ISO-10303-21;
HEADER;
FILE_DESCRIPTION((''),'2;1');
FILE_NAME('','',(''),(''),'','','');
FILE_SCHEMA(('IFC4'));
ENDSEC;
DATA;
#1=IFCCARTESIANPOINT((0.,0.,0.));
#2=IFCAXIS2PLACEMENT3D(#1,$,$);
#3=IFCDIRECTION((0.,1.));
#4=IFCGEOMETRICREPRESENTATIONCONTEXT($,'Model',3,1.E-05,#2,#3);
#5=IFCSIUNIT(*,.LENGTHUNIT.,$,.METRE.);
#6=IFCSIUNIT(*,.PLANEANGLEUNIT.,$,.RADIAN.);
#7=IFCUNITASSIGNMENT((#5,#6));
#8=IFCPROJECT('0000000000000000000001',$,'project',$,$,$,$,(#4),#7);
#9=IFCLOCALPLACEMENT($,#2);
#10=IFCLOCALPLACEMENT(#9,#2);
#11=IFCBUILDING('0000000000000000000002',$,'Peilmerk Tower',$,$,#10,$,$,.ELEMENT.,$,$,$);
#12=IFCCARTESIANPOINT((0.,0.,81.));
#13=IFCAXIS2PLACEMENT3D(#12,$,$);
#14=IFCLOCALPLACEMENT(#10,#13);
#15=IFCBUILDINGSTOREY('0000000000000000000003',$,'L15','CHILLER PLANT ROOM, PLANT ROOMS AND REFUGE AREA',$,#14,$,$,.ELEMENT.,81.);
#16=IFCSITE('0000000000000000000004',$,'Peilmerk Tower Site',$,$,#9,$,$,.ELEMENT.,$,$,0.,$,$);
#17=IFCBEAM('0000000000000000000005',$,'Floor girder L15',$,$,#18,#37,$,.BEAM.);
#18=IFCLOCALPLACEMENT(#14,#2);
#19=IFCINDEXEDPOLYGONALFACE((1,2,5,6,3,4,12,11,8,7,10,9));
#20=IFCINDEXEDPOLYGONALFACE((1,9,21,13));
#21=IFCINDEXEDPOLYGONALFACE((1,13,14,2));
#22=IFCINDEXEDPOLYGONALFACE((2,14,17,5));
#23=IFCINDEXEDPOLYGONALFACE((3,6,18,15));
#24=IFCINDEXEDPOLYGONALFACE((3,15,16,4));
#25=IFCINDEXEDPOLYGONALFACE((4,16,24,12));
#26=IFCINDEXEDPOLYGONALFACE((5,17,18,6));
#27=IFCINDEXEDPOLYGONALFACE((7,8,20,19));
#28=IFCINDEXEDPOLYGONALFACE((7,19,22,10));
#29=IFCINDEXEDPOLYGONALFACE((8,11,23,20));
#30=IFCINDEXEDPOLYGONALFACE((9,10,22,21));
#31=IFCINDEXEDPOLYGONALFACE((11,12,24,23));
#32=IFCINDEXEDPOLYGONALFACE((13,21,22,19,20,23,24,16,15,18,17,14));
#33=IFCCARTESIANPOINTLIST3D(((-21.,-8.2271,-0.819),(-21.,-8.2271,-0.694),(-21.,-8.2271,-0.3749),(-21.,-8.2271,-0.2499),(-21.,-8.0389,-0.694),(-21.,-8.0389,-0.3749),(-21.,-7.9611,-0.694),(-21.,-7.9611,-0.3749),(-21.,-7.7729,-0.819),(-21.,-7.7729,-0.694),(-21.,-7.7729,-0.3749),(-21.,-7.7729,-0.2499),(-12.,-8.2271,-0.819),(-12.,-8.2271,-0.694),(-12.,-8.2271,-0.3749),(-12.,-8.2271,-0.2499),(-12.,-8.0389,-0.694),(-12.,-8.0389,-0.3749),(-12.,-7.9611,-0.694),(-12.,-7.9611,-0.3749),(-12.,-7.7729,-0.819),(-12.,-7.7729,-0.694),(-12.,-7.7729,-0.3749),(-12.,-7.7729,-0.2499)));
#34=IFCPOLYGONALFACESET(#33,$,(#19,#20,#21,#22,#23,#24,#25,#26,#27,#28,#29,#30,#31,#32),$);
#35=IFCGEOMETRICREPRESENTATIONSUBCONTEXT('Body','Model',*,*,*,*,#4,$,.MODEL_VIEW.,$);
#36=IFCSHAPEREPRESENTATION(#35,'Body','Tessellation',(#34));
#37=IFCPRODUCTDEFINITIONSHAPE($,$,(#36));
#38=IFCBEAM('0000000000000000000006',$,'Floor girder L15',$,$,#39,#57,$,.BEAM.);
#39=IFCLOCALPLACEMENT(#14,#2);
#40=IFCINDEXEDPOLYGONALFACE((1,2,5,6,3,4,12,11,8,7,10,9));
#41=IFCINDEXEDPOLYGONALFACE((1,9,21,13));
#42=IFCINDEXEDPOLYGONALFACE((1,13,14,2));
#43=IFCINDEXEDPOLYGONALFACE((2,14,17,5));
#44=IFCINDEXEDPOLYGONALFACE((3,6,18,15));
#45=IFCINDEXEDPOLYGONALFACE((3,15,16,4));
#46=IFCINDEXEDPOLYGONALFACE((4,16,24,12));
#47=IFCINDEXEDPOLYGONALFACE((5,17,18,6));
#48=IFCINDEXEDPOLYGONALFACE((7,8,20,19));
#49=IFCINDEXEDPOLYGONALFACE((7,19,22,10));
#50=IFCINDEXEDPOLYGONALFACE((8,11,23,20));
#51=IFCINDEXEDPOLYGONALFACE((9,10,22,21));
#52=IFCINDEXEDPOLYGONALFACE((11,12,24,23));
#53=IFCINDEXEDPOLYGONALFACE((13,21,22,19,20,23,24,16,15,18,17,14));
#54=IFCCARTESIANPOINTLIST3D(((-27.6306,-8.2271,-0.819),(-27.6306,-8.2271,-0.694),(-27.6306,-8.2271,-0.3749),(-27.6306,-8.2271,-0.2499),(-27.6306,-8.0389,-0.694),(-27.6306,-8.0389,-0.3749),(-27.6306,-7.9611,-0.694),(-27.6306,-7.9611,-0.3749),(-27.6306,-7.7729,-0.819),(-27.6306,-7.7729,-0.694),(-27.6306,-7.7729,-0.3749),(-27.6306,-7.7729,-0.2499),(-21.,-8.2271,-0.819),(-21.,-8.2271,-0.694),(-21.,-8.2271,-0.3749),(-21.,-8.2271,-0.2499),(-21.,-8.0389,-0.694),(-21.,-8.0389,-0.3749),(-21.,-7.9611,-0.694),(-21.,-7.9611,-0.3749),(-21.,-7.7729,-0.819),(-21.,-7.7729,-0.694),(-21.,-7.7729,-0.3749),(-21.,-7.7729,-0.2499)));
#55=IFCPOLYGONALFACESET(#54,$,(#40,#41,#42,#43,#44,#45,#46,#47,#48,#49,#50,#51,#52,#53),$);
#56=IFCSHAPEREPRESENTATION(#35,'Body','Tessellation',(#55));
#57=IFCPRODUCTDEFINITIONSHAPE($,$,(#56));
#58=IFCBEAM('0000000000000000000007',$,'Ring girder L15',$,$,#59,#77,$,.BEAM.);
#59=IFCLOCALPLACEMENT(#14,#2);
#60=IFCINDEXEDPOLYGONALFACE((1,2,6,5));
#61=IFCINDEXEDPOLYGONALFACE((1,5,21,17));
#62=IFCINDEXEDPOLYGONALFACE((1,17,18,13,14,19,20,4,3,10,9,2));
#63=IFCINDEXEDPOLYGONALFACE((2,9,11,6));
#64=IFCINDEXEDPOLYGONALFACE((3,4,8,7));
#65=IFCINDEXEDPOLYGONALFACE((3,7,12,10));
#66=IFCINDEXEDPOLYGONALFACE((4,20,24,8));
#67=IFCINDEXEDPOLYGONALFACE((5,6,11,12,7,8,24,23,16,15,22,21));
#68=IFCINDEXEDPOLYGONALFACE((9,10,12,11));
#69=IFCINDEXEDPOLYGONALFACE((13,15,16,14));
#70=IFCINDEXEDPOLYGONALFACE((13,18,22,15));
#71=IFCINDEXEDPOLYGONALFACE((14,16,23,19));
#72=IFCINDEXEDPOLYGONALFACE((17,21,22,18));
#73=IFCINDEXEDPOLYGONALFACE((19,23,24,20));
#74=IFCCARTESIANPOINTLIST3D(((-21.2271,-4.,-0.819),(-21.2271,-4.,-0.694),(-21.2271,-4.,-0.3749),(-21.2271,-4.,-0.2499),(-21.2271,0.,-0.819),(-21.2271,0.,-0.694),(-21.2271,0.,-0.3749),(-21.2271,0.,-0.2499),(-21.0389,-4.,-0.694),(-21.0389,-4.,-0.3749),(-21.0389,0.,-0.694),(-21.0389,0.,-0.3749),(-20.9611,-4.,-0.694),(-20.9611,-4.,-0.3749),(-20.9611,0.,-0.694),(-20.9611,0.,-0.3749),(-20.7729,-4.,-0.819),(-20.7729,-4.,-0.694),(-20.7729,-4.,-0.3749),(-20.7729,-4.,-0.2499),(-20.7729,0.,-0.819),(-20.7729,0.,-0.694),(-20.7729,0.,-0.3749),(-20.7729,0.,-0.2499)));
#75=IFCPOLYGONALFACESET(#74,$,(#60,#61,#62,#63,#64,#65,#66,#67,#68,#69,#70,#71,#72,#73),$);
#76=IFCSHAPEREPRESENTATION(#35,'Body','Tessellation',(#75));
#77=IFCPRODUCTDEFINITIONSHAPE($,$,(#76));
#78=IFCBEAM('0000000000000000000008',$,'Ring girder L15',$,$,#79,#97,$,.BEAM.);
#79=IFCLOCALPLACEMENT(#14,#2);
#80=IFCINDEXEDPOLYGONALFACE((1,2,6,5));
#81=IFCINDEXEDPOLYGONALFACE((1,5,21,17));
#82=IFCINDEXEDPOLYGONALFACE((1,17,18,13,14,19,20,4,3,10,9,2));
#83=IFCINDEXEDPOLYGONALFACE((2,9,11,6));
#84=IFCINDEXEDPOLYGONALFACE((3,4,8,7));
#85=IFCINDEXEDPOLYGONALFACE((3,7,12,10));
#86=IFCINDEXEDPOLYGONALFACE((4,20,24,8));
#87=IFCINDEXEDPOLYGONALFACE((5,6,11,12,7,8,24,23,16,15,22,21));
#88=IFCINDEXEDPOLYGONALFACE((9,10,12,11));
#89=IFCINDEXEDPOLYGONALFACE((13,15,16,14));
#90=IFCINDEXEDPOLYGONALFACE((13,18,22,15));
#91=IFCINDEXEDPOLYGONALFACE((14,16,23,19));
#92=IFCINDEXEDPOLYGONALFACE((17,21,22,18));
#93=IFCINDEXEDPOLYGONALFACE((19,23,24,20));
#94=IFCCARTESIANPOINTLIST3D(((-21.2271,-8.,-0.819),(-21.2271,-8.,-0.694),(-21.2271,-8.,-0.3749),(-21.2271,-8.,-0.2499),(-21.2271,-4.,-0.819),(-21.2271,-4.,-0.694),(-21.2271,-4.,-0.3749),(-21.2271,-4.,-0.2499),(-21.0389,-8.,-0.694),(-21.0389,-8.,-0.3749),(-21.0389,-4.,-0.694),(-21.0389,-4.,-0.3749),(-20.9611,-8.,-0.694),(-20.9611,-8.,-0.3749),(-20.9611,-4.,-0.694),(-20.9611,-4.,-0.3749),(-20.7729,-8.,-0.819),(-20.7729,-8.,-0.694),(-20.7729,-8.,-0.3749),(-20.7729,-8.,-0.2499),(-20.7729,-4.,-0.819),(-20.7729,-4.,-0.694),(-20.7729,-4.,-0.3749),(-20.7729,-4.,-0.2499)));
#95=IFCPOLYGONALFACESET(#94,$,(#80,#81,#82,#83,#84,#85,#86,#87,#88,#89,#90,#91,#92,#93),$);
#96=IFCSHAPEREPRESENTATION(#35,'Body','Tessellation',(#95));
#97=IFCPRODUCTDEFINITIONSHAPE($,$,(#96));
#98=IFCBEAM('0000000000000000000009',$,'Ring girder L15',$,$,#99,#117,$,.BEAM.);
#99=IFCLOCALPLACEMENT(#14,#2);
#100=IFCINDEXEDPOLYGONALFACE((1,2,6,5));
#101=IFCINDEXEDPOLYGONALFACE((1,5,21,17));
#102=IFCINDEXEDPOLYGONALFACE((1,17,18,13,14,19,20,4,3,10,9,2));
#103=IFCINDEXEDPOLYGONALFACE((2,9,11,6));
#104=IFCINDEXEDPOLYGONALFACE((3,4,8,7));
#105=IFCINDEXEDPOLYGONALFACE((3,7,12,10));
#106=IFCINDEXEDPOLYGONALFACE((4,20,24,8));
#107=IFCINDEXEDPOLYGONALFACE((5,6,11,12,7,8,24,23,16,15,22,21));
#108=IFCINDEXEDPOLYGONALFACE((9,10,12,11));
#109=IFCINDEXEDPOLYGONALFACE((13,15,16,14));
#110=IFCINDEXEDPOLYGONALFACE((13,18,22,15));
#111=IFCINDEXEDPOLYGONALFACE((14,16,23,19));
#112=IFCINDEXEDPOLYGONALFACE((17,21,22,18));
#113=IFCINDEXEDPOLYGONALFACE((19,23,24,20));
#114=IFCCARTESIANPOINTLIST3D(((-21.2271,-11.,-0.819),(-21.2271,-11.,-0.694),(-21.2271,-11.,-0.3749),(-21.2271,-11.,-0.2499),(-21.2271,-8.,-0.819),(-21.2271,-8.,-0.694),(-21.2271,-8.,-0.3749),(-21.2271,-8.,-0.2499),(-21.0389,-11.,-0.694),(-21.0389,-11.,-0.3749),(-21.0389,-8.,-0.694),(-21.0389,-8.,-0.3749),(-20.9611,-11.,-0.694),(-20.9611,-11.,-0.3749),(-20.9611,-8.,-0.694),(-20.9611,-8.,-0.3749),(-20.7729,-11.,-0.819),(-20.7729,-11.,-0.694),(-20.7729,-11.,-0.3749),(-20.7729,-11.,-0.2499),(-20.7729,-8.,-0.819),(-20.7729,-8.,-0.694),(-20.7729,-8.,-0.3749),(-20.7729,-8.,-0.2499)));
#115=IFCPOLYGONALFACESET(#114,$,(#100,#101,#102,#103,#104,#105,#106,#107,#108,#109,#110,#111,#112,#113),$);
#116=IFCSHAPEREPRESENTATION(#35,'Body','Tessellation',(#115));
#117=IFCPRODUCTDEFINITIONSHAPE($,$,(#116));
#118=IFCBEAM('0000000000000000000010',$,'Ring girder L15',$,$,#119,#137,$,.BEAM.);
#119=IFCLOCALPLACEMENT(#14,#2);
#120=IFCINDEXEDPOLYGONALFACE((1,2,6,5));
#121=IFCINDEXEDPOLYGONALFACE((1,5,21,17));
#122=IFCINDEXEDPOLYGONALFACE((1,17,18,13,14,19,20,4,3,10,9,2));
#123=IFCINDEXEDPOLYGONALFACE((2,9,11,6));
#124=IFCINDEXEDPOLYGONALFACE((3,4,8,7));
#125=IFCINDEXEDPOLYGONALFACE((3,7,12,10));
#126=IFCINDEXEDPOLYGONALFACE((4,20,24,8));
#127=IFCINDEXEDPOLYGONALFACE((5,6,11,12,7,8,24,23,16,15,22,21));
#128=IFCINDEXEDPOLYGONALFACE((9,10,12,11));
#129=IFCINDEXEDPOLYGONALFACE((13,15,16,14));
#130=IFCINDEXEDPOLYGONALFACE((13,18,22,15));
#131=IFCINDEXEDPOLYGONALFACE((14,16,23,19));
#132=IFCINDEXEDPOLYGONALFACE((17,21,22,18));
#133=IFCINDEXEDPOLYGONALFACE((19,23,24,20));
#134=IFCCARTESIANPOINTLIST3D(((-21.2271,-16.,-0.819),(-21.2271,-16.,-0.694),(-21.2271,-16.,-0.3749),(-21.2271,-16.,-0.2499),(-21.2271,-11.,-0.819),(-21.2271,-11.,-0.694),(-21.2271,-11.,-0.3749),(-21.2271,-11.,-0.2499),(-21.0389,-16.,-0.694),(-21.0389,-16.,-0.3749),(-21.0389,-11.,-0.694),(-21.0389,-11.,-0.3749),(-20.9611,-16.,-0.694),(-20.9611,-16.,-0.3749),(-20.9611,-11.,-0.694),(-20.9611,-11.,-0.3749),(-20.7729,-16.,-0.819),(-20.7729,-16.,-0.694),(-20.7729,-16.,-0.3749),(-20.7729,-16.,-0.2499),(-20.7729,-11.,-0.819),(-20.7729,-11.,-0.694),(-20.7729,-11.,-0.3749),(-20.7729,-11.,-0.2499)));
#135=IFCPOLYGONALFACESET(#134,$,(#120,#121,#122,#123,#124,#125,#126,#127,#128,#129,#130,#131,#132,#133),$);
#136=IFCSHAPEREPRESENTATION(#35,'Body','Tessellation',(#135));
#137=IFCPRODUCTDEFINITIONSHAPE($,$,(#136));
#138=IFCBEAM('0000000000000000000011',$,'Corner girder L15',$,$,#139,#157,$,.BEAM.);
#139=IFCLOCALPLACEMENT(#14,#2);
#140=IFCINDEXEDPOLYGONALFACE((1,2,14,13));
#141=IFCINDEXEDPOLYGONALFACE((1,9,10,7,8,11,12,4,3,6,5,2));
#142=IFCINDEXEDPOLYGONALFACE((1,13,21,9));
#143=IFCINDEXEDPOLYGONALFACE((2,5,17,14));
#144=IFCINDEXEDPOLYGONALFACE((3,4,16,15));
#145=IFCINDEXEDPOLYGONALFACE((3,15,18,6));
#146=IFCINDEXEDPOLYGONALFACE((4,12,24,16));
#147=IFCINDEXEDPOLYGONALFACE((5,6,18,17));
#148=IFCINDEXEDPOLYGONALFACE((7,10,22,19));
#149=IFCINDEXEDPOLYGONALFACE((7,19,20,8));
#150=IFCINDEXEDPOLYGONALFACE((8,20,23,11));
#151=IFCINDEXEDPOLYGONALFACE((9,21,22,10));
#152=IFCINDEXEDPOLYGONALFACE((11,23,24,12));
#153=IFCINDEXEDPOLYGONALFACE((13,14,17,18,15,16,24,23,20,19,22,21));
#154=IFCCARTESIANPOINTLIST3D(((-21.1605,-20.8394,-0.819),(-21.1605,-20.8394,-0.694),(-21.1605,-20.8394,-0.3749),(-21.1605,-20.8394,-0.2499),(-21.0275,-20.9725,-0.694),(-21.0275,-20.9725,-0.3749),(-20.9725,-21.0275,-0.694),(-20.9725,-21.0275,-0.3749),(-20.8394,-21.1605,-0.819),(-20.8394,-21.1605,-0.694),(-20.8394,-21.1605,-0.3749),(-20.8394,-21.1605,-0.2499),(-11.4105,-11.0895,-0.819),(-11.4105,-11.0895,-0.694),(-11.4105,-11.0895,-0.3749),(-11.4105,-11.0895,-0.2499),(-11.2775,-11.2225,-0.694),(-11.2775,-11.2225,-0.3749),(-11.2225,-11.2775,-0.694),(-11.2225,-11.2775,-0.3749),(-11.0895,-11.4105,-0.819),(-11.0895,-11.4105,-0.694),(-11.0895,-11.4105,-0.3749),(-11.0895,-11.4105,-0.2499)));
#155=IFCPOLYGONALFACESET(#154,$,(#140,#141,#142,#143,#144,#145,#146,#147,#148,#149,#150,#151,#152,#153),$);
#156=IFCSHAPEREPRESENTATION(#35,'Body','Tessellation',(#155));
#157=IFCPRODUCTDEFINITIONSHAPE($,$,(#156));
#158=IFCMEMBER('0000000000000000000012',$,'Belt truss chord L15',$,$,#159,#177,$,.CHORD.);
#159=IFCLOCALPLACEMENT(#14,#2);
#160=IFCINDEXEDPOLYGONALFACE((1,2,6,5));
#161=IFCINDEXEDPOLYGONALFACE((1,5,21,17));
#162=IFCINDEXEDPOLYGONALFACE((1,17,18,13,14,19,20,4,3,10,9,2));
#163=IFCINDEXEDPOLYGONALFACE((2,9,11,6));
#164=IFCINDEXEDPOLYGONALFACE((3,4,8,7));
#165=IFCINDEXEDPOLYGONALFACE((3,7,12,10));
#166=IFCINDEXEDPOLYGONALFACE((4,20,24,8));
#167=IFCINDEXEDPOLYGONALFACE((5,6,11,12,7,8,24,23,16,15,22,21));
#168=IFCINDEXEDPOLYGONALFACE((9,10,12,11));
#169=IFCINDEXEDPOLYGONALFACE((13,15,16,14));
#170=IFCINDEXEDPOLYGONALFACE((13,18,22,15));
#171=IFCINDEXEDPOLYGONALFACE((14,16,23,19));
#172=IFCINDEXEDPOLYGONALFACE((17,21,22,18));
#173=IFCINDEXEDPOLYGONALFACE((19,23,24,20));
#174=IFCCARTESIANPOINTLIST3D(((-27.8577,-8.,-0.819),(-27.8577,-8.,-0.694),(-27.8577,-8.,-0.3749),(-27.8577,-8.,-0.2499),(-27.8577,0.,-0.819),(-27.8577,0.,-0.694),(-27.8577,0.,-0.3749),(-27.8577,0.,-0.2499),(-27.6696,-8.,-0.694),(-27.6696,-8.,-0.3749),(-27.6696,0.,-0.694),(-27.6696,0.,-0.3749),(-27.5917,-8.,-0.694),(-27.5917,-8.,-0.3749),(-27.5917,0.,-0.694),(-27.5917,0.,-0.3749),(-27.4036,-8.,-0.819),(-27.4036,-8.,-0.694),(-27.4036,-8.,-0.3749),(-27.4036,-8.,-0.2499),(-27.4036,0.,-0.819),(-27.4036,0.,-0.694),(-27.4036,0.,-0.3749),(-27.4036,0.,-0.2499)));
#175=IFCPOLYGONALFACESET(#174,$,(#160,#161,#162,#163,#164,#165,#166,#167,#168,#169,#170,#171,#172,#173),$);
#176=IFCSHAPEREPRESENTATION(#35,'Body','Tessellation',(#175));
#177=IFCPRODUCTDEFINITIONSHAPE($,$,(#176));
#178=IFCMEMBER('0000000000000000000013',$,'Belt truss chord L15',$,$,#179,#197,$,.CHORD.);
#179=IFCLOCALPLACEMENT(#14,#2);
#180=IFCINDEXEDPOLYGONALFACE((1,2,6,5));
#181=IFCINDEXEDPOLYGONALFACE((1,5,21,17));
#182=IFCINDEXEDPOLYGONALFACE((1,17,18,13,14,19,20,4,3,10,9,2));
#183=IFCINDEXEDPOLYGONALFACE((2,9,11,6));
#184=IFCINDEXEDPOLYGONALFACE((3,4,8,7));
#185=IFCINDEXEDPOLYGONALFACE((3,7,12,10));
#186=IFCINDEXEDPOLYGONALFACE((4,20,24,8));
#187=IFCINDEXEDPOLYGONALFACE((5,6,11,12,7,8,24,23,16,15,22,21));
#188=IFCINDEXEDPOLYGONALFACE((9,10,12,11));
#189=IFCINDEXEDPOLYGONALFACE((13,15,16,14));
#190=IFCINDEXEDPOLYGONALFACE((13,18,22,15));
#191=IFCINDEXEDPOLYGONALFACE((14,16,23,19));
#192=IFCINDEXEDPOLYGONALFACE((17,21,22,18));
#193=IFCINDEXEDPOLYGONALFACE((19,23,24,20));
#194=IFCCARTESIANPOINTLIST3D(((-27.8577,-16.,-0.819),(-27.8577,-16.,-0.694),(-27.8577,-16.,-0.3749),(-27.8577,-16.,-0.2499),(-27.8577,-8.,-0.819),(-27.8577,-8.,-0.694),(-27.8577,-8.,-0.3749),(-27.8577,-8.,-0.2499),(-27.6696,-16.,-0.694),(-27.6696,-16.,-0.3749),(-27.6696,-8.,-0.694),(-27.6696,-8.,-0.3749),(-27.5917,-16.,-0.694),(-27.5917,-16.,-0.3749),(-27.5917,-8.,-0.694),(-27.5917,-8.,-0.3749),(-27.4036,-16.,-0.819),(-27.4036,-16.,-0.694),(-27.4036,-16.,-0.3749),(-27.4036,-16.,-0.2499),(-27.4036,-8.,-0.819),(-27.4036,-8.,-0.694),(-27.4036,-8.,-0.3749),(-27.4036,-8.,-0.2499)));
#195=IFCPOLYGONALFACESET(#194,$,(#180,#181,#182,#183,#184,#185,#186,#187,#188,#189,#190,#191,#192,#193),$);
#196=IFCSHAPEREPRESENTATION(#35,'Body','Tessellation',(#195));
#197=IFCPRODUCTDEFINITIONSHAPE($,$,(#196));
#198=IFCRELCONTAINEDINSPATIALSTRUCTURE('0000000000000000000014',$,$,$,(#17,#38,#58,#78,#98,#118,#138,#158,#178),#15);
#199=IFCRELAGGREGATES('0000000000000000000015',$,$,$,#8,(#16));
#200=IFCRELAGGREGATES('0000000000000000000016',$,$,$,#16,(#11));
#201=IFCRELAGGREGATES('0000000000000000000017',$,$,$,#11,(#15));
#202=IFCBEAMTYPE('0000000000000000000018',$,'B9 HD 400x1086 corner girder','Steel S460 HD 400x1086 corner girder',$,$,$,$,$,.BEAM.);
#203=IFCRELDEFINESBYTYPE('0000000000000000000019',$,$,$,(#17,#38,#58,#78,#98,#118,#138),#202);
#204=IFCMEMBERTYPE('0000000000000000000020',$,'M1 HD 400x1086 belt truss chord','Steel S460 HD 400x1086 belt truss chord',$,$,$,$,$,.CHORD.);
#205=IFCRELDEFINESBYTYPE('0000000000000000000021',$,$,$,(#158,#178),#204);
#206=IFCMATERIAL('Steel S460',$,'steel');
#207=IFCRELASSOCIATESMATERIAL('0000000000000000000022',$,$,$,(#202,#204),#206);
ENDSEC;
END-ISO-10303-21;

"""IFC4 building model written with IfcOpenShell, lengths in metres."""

from ifc_helpers import new_model, si_unit, direction, frame, origin, origin_2d, place, context, subcontext, project, spatial, i_section, extrude, material, material_profile, profile_set, type_object, element, save


model = new_model("IFC4")

# Units and contexts
model_context = context("Model", 3, precision=1e-05, world=origin(), true_north=direction((0.0, 1.0)))
body_context = subcontext(model_context, "Body", "Model", "MODEL_VIEW")
ifc_project = project(units=[si_unit("LENGTHUNIT", "METRE"), si_unit("PLANEANGLEUNIT", "RADIAN")], contexts=[model_context])

# Site, building, storey
site_placement = place(None, origin())
site = spatial("IfcSite", under=ifc_project, at=site_placement, Name="Peilmerk Tower Site", CompositionType="ELEMENT", RefElevation=0.0)
building_placement = place(site_placement, origin())
building = spatial("IfcBuilding", under=site, at=building_placement, Name="Peilmerk Tower", CompositionType="ELEMENT")
storey_placement = place(building_placement, frame((0.0, 0.0, 81.0)))
storey = spatial("IfcBuildingStorey", under=building, at=storey_placement, Name="L15", Description="CHILLER PLANT ROOM, PLANT ROOMS AND REFUGE AREA", CompositionType="ELEMENT", Elevation=81.0)

# Shared definitions
ifc_material_1 = material(Name="Steel S460", Category="steel")

# Beams
ifc_material_profile_1 = material_profile(ifc_material_1, i_section(OverallWidth=0.4541, OverallDepth=0.5691, WebThickness=0.0779, FlangeThickness=0.125, at=origin_2d()), Name="HD 400x1086")
ifc_profile_set_1 = profile_set([ifc_material_profile_1], Name="Steel S460")
beam_type_1 = type_object("IfcBeamType", Name="B9 HD 400x1086 corner girder", Description="Steel S460 HD 400x1086 corner girder", PredefinedType="BEAM", material=ifc_profile_set_1)
beam_1_placement = place(storey_placement, frame((-12.0, -8.0, -0.5344), z_axis=(-1.0, 0.0, 0.0), x_axis=(0.0, -1.0, 0.0)))
element("IfcBeam", 1, at=beam_1_placement, inside=storey, type_object=beam_type_1, Name="Floor girder L15", PredefinedType="BEAM", context=body_context, shape_type="SweptSolid", body=[
    extrude(i_section(OverallWidth=0.4541, OverallDepth=0.5691, WebThickness=0.0779, FlangeThickness=0.125, at=origin_2d()), origin(), (0.0, 0.0, 1.0), 9.0),
])
beam_2_placement = place(storey_placement, frame((-21.0, -8.0, -0.5344), z_axis=(-1.0, 0.0, 0.0), x_axis=(0.0, -1.0, 0.0)))
element("IfcBeam", 2, at=beam_2_placement, inside=storey, type_object=beam_type_1, Name="Floor girder L15", PredefinedType="BEAM", context=body_context, shape_type="SweptSolid", body=[
    extrude(i_section(OverallWidth=0.4541, OverallDepth=0.5691, WebThickness=0.0779, FlangeThickness=0.125, at=origin_2d()), origin(), (0.0, 0.0, 1.0), 6.6306),
])
for number, where, z_axis, x_axis, name in (
    (3, (-21.0, 0.0, -0.5344), (0.0, -1.0, 0.0), (1.0, 0.0, 0.0), "Ring girder L15"),
    (4, (-21.0, -4.0, -0.5344), (0.0, -1.0, 0.0), (1.0, 0.0, 0.0), "Ring girder L15"),
):
    element("IfcBeam", number, at=place(storey_placement, frame(where, z_axis=z_axis, x_axis=x_axis)), inside=storey, type_object=beam_type_1, Name=name, PredefinedType="BEAM", context=body_context, shape_type="SweptSolid", body=[
        extrude(i_section(OverallWidth=0.4541, OverallDepth=0.5691, WebThickness=0.0779, FlangeThickness=0.125, at=origin_2d()), origin(), (0.0, 0.0, 1.0), 4.0),
    ])
beam_3_placement = place(storey_placement, frame((-21.0, -8.0, -0.5344), z_axis=(0.0, -1.0, 0.0), x_axis=(1.0, 0.0, 0.0)))
element("IfcBeam", 5, at=beam_3_placement, inside=storey, type_object=beam_type_1, Name="Ring girder L15", PredefinedType="BEAM", context=body_context, shape_type="SweptSolid", body=[
    extrude(i_section(OverallWidth=0.4541, OverallDepth=0.5691, WebThickness=0.0779, FlangeThickness=0.125, at=origin_2d()), origin(), (0.0, 0.0, 1.0), 3.0),
])
beam_4_placement = place(storey_placement, frame((-21.0, -11.0, -0.5344), z_axis=(0.0, -1.0, 0.0), x_axis=(1.0, 0.0, 0.0)))
element("IfcBeam", 6, at=beam_4_placement, inside=storey, type_object=beam_type_1, Name="Ring girder L15", PredefinedType="BEAM", context=body_context, shape_type="SweptSolid", body=[
    extrude(i_section(OverallWidth=0.4541, OverallDepth=0.5691, WebThickness=0.0779, FlangeThickness=0.125, at=origin_2d()), origin(), (0.0, 0.0, 1.0), 5.0),
])
beam_5_placement = place(storey_placement, frame((-11.25, -11.25, -0.5344), z_axis=(-0.707107, -0.707107, 0.0), x_axis=(0.707107, -0.707107, 0.0)))
element("IfcBeam", 7, at=beam_5_placement, inside=storey, type_object=beam_type_1, Name="Corner girder L15", PredefinedType="BEAM", context=body_context, shape_type="SweptSolid", body=[
    extrude(i_section(OverallWidth=0.4541, OverallDepth=0.5691, WebThickness=0.0779, FlangeThickness=0.125, at=origin_2d()), origin(), (0.0, 0.0, 1.0), 13.7886),
])

# Members
ifc_material_profile_2 = material_profile(ifc_material_1, i_section(OverallWidth=0.4541, OverallDepth=0.5691, WebThickness=0.0779, FlangeThickness=0.125, at=origin_2d()), Name="HD 400x1086")
ifc_profile_set_2 = profile_set([ifc_material_profile_2], Name="Steel S460")
member_type_1 = type_object("IfcMemberType", Name="M1 HD 400x1086 belt truss chord", Description="Steel S460 HD 400x1086 belt truss chord", PredefinedType="CHORD", material=ifc_profile_set_2)
for number, where, z_axis, x_axis, name in (
    (8, (-27.6306, 0.0, -0.5344), (0.0, -1.0, 0.0), (1.0, 0.0, 0.0), "Belt truss chord L15"),
    (9, (-27.6306, -8.0, -0.5344), (0.0, -1.0, 0.0), (1.0, 0.0, 0.0), "Belt truss chord L15"),
):
    element("IfcMember", number, at=place(storey_placement, frame(where, z_axis=z_axis, x_axis=x_axis)), inside=storey, type_object=member_type_1, Name=name, PredefinedType="CHORD", context=body_context, shape_type="SweptSolid", body=[
        extrude(i_section(OverallWidth=0.4541, OverallDepth=0.5691, WebThickness=0.0779, FlangeThickness=0.125, at=origin_2d()), origin(), (0.0, 0.0, 1.0), 8.0),
    ])

save(model, "model.ifc")
